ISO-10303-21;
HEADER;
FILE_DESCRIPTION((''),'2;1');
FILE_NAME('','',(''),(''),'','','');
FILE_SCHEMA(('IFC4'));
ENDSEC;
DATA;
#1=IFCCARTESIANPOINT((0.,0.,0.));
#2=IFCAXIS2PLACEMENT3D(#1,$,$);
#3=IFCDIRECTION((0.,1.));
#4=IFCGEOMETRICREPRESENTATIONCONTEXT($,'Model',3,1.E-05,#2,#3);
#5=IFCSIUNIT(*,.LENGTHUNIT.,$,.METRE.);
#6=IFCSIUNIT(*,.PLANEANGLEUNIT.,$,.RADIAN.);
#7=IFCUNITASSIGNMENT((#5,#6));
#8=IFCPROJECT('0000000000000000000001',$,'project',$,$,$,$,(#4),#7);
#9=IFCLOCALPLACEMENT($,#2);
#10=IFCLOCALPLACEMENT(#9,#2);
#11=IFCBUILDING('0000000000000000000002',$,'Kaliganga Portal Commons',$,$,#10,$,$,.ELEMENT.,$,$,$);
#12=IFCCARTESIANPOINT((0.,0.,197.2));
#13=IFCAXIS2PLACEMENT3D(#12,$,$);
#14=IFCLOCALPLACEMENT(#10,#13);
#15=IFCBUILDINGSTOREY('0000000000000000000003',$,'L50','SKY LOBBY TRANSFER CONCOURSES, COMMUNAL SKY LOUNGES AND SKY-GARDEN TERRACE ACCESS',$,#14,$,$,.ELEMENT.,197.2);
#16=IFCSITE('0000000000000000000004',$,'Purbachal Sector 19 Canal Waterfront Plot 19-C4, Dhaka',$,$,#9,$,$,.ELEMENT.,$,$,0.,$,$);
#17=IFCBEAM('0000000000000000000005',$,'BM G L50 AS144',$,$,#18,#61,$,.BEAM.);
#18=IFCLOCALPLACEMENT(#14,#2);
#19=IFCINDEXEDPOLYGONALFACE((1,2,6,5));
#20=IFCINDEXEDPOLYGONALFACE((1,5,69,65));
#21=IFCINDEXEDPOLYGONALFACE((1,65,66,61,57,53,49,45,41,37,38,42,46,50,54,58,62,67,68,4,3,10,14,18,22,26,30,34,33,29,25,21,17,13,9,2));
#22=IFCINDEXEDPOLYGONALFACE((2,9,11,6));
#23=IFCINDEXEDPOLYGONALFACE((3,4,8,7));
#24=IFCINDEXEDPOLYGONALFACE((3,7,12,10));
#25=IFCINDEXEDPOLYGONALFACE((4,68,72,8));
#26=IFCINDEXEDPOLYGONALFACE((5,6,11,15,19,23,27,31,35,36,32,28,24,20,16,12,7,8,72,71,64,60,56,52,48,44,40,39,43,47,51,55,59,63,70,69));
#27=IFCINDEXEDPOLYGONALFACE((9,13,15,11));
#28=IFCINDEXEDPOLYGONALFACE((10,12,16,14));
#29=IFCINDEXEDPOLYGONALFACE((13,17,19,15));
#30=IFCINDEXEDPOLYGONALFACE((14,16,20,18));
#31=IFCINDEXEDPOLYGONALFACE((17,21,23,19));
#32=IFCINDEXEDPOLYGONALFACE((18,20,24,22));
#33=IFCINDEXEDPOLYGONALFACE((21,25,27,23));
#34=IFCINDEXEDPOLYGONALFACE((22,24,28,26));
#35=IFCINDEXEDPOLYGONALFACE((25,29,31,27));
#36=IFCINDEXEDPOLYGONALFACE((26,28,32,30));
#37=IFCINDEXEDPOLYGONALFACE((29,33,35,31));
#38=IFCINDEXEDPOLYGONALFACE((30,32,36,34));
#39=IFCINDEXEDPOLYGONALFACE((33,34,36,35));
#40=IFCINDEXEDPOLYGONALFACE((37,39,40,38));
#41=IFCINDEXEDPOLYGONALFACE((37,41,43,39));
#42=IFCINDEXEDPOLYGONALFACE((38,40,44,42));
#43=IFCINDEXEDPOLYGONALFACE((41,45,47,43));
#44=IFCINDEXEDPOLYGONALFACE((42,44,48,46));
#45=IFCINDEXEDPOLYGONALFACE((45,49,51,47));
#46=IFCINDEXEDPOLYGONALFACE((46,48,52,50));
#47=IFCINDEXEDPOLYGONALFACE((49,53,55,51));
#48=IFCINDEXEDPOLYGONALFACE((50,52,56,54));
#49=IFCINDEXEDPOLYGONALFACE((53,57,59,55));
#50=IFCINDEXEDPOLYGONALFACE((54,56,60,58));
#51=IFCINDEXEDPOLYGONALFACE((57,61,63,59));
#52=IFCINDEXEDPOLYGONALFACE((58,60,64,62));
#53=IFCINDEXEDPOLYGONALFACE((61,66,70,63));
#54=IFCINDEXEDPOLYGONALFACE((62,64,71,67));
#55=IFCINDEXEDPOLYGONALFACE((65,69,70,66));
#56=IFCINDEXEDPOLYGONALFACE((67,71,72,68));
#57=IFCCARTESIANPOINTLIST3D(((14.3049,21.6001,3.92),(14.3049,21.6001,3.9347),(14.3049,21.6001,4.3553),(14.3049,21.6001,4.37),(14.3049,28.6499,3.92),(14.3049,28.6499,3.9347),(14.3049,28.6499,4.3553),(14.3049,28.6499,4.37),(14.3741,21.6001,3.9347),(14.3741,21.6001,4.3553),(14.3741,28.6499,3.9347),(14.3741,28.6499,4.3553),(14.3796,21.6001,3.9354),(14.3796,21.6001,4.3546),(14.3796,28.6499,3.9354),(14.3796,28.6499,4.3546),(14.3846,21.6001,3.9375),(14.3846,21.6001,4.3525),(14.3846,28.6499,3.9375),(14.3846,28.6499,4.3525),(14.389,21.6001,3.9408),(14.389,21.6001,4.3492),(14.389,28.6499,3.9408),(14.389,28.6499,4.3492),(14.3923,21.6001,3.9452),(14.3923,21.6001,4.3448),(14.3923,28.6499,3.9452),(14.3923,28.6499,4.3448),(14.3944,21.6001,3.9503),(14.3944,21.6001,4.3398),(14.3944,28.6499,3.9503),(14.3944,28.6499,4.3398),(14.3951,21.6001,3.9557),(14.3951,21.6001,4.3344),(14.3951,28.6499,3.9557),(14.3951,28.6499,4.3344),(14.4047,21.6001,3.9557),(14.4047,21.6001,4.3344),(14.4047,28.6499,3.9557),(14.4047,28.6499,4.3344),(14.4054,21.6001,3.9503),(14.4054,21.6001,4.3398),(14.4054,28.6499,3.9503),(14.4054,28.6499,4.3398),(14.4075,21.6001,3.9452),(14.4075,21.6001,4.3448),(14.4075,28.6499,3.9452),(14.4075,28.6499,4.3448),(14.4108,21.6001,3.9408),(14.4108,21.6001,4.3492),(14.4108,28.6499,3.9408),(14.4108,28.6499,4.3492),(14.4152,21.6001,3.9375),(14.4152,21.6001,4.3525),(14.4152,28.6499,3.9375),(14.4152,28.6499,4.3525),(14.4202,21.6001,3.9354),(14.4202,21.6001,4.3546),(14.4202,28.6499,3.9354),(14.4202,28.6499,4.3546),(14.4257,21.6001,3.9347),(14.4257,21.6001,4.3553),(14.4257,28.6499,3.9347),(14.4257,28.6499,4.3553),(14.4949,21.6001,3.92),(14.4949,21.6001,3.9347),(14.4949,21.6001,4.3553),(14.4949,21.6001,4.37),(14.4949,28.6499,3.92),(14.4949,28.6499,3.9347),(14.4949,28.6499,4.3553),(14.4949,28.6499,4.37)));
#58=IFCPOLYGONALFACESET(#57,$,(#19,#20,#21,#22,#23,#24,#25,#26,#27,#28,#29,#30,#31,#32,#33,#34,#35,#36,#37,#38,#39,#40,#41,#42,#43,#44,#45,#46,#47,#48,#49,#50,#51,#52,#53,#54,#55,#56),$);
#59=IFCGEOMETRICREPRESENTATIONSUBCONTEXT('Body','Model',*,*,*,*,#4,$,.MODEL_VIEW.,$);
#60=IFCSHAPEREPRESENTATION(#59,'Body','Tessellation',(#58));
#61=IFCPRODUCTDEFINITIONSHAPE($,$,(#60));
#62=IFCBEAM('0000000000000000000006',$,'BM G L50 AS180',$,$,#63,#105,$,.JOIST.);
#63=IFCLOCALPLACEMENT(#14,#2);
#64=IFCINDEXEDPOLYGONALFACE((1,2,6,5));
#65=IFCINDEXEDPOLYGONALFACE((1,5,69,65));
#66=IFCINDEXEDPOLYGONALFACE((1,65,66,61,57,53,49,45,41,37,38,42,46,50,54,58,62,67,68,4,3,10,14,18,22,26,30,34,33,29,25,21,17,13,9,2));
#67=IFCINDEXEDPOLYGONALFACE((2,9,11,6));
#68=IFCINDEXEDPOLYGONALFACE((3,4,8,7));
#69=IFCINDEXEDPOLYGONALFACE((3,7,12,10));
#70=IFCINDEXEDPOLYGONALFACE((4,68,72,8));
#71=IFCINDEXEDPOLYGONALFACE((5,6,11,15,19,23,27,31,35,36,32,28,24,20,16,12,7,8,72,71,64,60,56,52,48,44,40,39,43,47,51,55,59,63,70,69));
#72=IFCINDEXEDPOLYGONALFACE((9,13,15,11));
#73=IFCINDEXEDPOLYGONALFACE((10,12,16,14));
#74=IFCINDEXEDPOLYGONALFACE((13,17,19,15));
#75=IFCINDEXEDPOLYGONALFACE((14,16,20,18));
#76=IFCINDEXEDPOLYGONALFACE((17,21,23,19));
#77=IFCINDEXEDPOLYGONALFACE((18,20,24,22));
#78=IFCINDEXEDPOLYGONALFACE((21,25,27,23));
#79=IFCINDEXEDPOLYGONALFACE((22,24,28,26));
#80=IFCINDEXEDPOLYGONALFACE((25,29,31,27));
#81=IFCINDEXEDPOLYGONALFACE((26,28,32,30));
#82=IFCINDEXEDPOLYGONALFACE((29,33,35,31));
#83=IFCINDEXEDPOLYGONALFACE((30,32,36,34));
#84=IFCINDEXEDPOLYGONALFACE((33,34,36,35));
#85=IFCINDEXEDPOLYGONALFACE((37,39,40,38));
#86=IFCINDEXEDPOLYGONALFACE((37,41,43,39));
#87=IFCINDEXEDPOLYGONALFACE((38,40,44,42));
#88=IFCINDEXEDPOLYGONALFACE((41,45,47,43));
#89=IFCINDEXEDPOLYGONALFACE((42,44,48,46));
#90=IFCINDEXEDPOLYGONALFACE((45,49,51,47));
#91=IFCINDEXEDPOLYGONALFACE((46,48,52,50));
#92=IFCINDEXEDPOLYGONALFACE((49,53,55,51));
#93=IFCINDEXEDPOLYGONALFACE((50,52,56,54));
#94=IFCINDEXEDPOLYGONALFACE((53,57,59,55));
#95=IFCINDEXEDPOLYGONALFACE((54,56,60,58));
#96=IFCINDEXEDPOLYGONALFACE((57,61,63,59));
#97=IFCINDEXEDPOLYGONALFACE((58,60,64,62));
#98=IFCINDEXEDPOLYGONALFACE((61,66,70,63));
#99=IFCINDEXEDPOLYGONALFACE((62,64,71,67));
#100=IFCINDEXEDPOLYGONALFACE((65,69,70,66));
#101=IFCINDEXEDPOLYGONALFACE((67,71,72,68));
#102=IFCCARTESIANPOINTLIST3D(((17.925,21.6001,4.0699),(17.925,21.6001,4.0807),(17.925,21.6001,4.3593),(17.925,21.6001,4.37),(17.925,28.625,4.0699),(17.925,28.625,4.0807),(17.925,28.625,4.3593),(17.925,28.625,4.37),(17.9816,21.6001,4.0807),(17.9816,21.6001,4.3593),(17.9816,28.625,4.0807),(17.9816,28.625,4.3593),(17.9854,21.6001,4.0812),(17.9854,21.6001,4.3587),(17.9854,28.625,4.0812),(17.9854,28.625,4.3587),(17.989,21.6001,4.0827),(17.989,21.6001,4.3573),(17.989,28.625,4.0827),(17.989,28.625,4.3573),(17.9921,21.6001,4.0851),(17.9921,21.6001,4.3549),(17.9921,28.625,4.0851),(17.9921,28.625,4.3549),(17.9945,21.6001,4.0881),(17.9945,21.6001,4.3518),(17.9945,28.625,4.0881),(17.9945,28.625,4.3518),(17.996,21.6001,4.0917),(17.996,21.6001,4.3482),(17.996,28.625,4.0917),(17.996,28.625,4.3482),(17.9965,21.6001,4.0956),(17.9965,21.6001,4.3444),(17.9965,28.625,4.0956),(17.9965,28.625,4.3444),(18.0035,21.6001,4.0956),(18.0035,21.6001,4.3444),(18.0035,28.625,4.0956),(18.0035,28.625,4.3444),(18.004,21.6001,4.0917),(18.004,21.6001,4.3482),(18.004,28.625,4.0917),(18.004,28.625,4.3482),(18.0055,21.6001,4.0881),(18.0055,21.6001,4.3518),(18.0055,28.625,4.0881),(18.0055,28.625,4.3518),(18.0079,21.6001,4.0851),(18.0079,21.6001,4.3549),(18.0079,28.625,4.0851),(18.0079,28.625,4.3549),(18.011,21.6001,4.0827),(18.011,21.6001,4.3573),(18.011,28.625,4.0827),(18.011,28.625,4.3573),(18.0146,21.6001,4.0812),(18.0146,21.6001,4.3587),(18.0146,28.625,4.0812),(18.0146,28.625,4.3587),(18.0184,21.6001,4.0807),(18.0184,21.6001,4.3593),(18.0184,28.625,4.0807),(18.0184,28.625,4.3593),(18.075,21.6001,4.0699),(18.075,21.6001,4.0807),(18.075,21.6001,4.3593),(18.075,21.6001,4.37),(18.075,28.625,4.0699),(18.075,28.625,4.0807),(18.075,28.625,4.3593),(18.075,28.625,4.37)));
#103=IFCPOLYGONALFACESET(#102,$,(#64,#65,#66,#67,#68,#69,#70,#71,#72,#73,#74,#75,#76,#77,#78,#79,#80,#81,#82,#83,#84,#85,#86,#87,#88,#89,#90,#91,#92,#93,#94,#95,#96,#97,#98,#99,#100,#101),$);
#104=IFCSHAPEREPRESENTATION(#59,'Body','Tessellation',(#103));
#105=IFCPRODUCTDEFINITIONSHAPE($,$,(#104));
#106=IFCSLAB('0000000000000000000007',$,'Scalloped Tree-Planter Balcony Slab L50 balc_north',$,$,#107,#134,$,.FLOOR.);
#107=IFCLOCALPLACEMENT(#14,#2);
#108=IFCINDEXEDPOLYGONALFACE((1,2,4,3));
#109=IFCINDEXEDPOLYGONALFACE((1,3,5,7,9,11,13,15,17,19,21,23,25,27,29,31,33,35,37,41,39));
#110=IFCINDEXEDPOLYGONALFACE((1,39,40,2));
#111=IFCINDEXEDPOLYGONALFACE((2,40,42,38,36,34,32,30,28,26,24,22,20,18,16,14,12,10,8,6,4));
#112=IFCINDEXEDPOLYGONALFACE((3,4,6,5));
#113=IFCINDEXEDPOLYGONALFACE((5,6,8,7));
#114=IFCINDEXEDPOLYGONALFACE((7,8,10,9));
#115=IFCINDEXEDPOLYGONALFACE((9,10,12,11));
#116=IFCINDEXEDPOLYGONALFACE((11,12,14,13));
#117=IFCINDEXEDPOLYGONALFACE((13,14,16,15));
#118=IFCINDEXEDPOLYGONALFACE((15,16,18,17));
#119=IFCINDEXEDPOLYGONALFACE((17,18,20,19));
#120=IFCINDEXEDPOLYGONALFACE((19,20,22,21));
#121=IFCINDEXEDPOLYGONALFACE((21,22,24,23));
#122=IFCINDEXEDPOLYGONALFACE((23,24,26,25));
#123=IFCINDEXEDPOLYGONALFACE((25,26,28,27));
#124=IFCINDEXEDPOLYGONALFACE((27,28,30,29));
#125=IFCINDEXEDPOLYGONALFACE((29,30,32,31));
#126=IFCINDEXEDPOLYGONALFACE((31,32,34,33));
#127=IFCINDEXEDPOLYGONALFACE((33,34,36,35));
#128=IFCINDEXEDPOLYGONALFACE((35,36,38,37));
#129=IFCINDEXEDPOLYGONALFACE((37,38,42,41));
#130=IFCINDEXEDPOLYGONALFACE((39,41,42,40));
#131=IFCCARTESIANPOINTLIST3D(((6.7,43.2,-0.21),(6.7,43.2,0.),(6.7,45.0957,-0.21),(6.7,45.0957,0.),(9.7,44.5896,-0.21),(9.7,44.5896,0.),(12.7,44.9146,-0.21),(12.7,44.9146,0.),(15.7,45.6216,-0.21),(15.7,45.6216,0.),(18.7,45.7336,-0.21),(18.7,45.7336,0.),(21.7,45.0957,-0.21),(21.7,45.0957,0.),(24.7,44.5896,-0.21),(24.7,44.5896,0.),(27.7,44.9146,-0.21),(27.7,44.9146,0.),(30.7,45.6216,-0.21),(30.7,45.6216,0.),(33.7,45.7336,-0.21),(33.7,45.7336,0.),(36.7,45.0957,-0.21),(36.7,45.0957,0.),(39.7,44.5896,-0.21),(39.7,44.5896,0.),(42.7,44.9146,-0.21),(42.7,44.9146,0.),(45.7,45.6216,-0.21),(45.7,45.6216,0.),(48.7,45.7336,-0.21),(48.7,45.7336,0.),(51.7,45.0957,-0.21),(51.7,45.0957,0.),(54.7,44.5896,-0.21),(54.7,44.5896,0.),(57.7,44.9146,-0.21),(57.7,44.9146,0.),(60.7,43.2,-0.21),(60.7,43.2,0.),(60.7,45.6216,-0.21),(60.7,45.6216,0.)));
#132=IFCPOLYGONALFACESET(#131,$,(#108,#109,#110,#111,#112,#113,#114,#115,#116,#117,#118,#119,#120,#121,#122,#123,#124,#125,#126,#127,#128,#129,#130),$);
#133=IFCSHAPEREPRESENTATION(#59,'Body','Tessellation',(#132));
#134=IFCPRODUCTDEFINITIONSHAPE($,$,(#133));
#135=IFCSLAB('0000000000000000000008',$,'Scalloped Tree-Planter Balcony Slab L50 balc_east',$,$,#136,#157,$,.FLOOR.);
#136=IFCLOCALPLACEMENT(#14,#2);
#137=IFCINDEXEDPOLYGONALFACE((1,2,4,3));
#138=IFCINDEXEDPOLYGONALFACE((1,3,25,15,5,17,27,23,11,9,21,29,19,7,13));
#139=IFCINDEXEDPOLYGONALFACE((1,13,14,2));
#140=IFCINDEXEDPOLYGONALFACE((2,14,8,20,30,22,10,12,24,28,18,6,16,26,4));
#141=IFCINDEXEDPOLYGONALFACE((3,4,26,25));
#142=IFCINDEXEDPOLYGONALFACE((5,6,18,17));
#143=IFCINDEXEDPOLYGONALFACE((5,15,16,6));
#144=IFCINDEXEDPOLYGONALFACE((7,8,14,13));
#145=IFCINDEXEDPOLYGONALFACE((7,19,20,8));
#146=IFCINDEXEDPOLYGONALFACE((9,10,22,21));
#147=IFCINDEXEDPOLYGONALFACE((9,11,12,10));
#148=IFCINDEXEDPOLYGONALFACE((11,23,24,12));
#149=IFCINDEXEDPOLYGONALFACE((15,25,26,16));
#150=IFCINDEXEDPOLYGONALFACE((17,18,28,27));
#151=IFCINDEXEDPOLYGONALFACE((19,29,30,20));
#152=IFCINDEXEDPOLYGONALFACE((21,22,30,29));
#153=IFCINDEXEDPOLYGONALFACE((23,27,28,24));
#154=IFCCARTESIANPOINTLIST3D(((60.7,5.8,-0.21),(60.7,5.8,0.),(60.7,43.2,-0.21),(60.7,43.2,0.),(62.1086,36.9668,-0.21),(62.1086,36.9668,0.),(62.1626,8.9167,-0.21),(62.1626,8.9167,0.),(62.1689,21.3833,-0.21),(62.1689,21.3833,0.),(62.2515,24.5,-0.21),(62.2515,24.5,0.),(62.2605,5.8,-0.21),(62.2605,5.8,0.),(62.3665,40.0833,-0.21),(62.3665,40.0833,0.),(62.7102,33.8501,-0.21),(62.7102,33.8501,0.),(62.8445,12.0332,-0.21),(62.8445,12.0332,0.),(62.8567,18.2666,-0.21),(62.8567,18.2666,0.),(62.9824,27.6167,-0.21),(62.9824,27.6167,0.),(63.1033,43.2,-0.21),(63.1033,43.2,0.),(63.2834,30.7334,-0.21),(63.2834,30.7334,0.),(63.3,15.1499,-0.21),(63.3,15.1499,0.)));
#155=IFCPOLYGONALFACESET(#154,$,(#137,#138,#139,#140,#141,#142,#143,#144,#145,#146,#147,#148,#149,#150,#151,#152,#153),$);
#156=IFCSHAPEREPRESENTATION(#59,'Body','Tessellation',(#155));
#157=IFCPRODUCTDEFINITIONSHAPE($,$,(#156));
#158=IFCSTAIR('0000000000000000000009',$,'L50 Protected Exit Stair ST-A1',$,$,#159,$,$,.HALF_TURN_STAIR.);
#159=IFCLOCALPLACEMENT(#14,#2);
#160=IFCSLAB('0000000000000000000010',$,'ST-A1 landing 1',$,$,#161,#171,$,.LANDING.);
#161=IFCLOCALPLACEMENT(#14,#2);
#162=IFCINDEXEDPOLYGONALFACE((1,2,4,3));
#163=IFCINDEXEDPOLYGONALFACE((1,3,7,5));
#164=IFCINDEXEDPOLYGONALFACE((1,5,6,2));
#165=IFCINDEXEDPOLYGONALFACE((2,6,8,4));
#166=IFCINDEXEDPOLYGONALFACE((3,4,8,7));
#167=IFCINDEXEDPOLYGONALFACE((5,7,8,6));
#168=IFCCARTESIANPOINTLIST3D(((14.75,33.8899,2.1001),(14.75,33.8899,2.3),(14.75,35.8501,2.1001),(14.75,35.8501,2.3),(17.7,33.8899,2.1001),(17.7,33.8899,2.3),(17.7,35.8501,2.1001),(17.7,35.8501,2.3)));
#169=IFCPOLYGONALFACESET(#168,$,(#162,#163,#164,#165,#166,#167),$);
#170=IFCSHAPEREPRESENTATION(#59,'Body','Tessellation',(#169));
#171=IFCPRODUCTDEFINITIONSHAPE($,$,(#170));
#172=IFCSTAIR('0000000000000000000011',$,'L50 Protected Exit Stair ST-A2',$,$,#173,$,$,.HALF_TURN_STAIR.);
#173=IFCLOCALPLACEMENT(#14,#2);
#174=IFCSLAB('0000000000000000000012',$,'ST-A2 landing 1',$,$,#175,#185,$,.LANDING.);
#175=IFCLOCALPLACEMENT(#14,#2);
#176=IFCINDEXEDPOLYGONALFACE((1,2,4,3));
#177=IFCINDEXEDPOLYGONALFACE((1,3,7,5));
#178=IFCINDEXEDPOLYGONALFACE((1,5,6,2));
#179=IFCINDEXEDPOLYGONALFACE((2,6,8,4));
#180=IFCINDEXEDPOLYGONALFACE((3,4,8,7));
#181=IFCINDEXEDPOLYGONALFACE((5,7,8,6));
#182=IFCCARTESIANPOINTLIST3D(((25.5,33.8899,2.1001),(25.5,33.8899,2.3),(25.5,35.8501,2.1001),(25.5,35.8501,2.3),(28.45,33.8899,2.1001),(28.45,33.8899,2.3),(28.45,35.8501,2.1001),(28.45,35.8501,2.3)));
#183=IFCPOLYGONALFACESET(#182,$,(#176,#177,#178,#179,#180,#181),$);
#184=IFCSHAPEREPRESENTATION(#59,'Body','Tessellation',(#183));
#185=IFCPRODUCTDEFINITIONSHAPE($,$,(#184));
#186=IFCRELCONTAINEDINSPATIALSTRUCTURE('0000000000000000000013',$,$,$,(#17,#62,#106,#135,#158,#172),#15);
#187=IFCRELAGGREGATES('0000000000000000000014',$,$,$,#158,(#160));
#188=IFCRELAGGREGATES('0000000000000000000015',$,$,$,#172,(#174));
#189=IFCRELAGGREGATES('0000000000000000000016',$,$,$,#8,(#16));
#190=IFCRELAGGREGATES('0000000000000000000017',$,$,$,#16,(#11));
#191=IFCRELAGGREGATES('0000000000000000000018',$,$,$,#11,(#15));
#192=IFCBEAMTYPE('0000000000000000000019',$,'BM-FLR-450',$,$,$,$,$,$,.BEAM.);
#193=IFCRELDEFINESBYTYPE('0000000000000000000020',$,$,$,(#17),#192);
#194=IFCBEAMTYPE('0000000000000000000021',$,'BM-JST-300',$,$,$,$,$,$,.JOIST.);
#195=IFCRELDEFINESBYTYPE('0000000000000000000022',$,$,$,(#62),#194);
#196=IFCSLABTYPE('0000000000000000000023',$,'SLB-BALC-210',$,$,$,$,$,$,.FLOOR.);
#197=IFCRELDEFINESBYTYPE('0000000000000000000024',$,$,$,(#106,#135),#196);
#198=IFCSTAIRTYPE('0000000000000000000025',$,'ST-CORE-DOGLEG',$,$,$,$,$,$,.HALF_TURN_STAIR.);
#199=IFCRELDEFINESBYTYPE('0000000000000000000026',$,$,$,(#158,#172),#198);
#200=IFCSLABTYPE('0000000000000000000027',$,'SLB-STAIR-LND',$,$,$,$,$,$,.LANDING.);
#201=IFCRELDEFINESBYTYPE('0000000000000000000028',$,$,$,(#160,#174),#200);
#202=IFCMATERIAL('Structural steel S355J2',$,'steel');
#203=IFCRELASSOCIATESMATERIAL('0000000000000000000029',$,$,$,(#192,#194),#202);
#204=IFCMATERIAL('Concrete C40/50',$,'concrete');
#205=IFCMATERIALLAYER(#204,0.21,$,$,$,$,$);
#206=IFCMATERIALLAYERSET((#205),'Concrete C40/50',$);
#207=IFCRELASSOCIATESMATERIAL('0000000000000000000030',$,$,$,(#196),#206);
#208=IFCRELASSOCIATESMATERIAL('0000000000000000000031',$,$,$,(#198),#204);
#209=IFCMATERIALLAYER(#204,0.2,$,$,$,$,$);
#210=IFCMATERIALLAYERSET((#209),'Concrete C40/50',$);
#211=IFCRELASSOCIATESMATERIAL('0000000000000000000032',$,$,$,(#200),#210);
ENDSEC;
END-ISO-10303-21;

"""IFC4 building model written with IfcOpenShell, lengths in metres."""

from ifc_helpers import new_model, si_unit, direction, frame, origin, origin_2d, place, context, subcontext, project, spatial, polyline, i_section, outline, extrude, source, transform, mapped, material, layer, layer_set, material_profile, profile_set, type_object, element, aggregate, save


model = new_model("IFC4")

# Units and contexts
model_context = context("Model", 3, precision=1e-05, world=origin(), true_north=direction((0.0, 1.0)))
body_context = subcontext(model_context, "Body", "Model", "MODEL_VIEW")
ifc_project = project(units=[si_unit("LENGTHUNIT", "METRE"), si_unit("PLANEANGLEUNIT", "RADIAN")], contexts=[model_context])

# Site, building, storey
site_placement = place(None, origin())
site = spatial("IfcSite", under=ifc_project, at=site_placement, Name="Purbachal Sector 19 Canal Waterfront Plot 19-C4, Dhaka", CompositionType="ELEMENT", RefElevation=0.0)
building_placement = place(site_placement, origin())
building = spatial("IfcBuilding", under=site, at=building_placement, Name="Kaliganga Portal Commons", CompositionType="ELEMENT")
storey_placement = place(building_placement, frame((0.0, 0.0, 197.2)))
storey = spatial("IfcBuildingStorey", under=building, at=storey_placement, Name="L50", Description="SKY LOBBY TRANSFER CONCOURSES, COMMUNAL SKY LOUNGES AND SKY-GARDEN TERRACE ACCESS", CompositionType="ELEMENT", Elevation=197.2)

# Shared definitions
ifc_material_1 = material(Name="Structural steel S355J2", Category="steel")

# Beams
ifc_material_profile_1 = material_profile(ifc_material_1, i_section(OverallWidth=0.1899, OverallDepth=0.45, WebThickness=0.0095, FlangeThickness=0.0146, FilletRadius=0.021, at=origin_2d()), Name="IPE 450")
ifc_profile_set_1 = profile_set([ifc_material_profile_1], Name="Structural steel S355J2 wide-flange")
beam_type_1 = type_object("IfcBeamType", Name="BM-FLR-450", PredefinedType="BEAM", material=ifc_profile_set_1)
shared_shape_1 = source(origin(), body_context, "Body", "SweptSolid", [
    extrude(i_section(OverallWidth=0.1899, OverallDepth=0.45, WebThickness=0.0095, FlangeThickness=0.0146, FilletRadius=0.021, at=origin_2d()), origin(), (0.0, 0.0, 1.0), 7.0498),
])
beam_1_placement = place(storey_placement, frame((14.3999, 21.6001, 4.145), z_axis=(0.0, 1.0, 0.0), x_axis=(-1.0, 0.0, 0.0)))
element("IfcBeam", 1, at=beam_1_placement, inside=storey, type_object=beam_type_1, Name="BM G L50 AS144", PredefinedType="BEAM", context=body_context, shape_type="MappedRepresentation", body=[
    mapped(shared_shape_1, transform((0.0, 0.0, 0.0), x_axis=(1.0, 0.0, 0.0), y_axis=(0.0, 1.0, 0.0), z_axis=(0.0, 0.0, 1.0), scale=1.0)),
])
ifc_material_profile_2 = material_profile(ifc_material_1, i_section(OverallWidth=0.1499, OverallDepth=0.3, WebThickness=0.0071, FlangeThickness=0.0107, FilletRadius=0.0149, at=origin_2d()), Name="IPE 300")
ifc_profile_set_2 = profile_set([ifc_material_profile_2], Name="Structural steel S355J2 wide-flange")
beam_type_2 = type_object("IfcBeamType", Name="BM-JST-300", PredefinedType="JOIST", material=ifc_profile_set_2)
shared_shape_2 = source(origin(), body_context, "Body", "SweptSolid", [
    extrude(i_section(OverallWidth=0.1499, OverallDepth=0.3, WebThickness=0.0071, FlangeThickness=0.0107, FilletRadius=0.0149, at=origin_2d()), origin(), (0.0, 0.0, 1.0), 7.0249),
])
beam_2_placement = place(storey_placement, frame((18.0, 21.6001, 4.22), z_axis=(0.0, 1.0, 0.0), x_axis=(-1.0, 0.0, 0.0)))
element("IfcBeam", 2, at=beam_2_placement, inside=storey, type_object=beam_type_2, Name="BM G L50 AS180", PredefinedType="JOIST", context=body_context, shape_type="MappedRepresentation", body=[
    mapped(shared_shape_2, transform((0.0, 0.0, 0.0), x_axis=(1.0, 0.0, 0.0), y_axis=(0.0, 1.0, 0.0), z_axis=(0.0, 0.0, 1.0), scale=1.0)),
])

# Slabs
ifc_material_2 = material(Name="Concrete C40/50", Category="concrete")
ifc_layer_1 = layer(ifc_material_2, 0.21)
ifc_layer_set_1 = layer_set([ifc_layer_1], Name="Concrete C40/50")
slab_type_1 = type_object("IfcSlabType", Name="SLB-BALC-210", PredefinedType="FLOOR", material=ifc_layer_set_1)
slab_1_placement = place(storey_placement, frame((0.0, 0.0, -0.21)))
element("IfcSlab", 3, at=slab_1_placement, inside=storey, type_object=slab_type_1, Name="Scalloped Tree-Planter Balcony Slab L50 balc_north", PredefinedType="FLOOR", context=body_context, shape_type="SweptSolid", body=[
    extrude(outline(polyline([(60.7, 43.2), (60.7, 45.6216), (57.7, 44.9146), (54.7, 44.5896), (51.7, 45.0957), (48.7, 45.7336), (45.7, 45.6216), (42.7, 44.9146), (39.7, 44.5896), (36.7, 45.0957), (33.7, 45.7336), (30.7, 45.6216), (27.7, 44.9146), (24.7, 44.5896), (21.7, 45.0957), (18.7, 45.7336), (15.7, 45.6216), (12.7, 44.9146), (9.7, 44.5896), (6.7, 45.0957), (6.7, 43.2), (60.7, 43.2)])), origin(), (0.0, 0.0, 1.0), 0.21),
])
slab_2_placement = place(storey_placement, frame((0.0, 0.0, -0.21)))
element("IfcSlab", 4, at=slab_2_placement, inside=storey, type_object=slab_type_1, Name="Scalloped Tree-Planter Balcony Slab L50 balc_east", PredefinedType="FLOOR", context=body_context, shape_type="SweptSolid", body=[
    extrude(outline(polyline([(60.7, 5.8), (62.2605, 5.8), (62.1626, 8.9167), (62.8445, 12.0332), (63.3, 15.1499), (62.8567, 18.2666), (62.1689, 21.3833), (62.2515, 24.5), (62.9824, 27.6167), (63.2834, 30.7334), (62.7102, 33.8501), (62.1086, 36.9668), (62.3665, 40.0833), (63.1033, 43.2), (60.7, 43.2), (60.7, 5.8)])), origin(), (0.0, 0.0, 1.0), 0.21),
])

# Stairs, slabs
stair_type = type_object("IfcStairType", Name="ST-CORE-DOGLEG", PredefinedType="HALF_TURN_STAIR", material=ifc_material_2)
stair_1_placement = place(storey_placement, origin())
stair_1 = element("IfcStair", 5, at=stair_1_placement, inside=storey, type_object=stair_type, Name="L50 Protected Exit Stair ST-A1", PredefinedType="HALF_TURN_STAIR")
ifc_layer_2 = layer(ifc_material_2, 0.2)
ifc_layer_set_2 = layer_set([ifc_layer_2], Name="Concrete C40/50")
slab_type_2 = type_object("IfcSlabType", Name="SLB-STAIR-LND", PredefinedType="LANDING", material=ifc_layer_set_2)
slab_3_placement = place(storey_placement, frame((0.0, 0.0, 2.1001)))
slab_3 = element("IfcSlab", 6, at=slab_3_placement, type_object=slab_type_2, Name="ST-A1 landing 1", PredefinedType="LANDING", context=body_context, shape_type="SweptSolid", body=[
    extrude(outline(polyline([(17.7, 33.8899), (17.7, 35.8501), (14.75, 35.8501), (14.75, 33.8899), (17.7, 33.8899)])), origin(), (0.0, 0.0, 1.0), 0.2),
])
aggregate(stair_1, [slab_3])
stair_2_placement = place(storey_placement, origin())
stair_2 = element("IfcStair", 7, at=stair_2_placement, inside=storey, type_object=stair_type, Name="L50 Protected Exit Stair ST-A2", PredefinedType="HALF_TURN_STAIR")
slab_4_placement = place(storey_placement, frame((0.0, 0.0, 2.1001)))
slab_4 = element("IfcSlab", 8, at=slab_4_placement, type_object=slab_type_2, Name="ST-A2 landing 1", PredefinedType="LANDING", context=body_context, shape_type="SweptSolid", body=[
    extrude(outline(polyline([(28.45, 33.8899), (28.45, 35.8501), (25.5, 35.8501), (25.5, 33.8899), (28.45, 33.8899)])), origin(), (0.0, 0.0, 1.0), 0.2),
])
aggregate(stair_2, [slab_4])

save(model, "model.ifc")
